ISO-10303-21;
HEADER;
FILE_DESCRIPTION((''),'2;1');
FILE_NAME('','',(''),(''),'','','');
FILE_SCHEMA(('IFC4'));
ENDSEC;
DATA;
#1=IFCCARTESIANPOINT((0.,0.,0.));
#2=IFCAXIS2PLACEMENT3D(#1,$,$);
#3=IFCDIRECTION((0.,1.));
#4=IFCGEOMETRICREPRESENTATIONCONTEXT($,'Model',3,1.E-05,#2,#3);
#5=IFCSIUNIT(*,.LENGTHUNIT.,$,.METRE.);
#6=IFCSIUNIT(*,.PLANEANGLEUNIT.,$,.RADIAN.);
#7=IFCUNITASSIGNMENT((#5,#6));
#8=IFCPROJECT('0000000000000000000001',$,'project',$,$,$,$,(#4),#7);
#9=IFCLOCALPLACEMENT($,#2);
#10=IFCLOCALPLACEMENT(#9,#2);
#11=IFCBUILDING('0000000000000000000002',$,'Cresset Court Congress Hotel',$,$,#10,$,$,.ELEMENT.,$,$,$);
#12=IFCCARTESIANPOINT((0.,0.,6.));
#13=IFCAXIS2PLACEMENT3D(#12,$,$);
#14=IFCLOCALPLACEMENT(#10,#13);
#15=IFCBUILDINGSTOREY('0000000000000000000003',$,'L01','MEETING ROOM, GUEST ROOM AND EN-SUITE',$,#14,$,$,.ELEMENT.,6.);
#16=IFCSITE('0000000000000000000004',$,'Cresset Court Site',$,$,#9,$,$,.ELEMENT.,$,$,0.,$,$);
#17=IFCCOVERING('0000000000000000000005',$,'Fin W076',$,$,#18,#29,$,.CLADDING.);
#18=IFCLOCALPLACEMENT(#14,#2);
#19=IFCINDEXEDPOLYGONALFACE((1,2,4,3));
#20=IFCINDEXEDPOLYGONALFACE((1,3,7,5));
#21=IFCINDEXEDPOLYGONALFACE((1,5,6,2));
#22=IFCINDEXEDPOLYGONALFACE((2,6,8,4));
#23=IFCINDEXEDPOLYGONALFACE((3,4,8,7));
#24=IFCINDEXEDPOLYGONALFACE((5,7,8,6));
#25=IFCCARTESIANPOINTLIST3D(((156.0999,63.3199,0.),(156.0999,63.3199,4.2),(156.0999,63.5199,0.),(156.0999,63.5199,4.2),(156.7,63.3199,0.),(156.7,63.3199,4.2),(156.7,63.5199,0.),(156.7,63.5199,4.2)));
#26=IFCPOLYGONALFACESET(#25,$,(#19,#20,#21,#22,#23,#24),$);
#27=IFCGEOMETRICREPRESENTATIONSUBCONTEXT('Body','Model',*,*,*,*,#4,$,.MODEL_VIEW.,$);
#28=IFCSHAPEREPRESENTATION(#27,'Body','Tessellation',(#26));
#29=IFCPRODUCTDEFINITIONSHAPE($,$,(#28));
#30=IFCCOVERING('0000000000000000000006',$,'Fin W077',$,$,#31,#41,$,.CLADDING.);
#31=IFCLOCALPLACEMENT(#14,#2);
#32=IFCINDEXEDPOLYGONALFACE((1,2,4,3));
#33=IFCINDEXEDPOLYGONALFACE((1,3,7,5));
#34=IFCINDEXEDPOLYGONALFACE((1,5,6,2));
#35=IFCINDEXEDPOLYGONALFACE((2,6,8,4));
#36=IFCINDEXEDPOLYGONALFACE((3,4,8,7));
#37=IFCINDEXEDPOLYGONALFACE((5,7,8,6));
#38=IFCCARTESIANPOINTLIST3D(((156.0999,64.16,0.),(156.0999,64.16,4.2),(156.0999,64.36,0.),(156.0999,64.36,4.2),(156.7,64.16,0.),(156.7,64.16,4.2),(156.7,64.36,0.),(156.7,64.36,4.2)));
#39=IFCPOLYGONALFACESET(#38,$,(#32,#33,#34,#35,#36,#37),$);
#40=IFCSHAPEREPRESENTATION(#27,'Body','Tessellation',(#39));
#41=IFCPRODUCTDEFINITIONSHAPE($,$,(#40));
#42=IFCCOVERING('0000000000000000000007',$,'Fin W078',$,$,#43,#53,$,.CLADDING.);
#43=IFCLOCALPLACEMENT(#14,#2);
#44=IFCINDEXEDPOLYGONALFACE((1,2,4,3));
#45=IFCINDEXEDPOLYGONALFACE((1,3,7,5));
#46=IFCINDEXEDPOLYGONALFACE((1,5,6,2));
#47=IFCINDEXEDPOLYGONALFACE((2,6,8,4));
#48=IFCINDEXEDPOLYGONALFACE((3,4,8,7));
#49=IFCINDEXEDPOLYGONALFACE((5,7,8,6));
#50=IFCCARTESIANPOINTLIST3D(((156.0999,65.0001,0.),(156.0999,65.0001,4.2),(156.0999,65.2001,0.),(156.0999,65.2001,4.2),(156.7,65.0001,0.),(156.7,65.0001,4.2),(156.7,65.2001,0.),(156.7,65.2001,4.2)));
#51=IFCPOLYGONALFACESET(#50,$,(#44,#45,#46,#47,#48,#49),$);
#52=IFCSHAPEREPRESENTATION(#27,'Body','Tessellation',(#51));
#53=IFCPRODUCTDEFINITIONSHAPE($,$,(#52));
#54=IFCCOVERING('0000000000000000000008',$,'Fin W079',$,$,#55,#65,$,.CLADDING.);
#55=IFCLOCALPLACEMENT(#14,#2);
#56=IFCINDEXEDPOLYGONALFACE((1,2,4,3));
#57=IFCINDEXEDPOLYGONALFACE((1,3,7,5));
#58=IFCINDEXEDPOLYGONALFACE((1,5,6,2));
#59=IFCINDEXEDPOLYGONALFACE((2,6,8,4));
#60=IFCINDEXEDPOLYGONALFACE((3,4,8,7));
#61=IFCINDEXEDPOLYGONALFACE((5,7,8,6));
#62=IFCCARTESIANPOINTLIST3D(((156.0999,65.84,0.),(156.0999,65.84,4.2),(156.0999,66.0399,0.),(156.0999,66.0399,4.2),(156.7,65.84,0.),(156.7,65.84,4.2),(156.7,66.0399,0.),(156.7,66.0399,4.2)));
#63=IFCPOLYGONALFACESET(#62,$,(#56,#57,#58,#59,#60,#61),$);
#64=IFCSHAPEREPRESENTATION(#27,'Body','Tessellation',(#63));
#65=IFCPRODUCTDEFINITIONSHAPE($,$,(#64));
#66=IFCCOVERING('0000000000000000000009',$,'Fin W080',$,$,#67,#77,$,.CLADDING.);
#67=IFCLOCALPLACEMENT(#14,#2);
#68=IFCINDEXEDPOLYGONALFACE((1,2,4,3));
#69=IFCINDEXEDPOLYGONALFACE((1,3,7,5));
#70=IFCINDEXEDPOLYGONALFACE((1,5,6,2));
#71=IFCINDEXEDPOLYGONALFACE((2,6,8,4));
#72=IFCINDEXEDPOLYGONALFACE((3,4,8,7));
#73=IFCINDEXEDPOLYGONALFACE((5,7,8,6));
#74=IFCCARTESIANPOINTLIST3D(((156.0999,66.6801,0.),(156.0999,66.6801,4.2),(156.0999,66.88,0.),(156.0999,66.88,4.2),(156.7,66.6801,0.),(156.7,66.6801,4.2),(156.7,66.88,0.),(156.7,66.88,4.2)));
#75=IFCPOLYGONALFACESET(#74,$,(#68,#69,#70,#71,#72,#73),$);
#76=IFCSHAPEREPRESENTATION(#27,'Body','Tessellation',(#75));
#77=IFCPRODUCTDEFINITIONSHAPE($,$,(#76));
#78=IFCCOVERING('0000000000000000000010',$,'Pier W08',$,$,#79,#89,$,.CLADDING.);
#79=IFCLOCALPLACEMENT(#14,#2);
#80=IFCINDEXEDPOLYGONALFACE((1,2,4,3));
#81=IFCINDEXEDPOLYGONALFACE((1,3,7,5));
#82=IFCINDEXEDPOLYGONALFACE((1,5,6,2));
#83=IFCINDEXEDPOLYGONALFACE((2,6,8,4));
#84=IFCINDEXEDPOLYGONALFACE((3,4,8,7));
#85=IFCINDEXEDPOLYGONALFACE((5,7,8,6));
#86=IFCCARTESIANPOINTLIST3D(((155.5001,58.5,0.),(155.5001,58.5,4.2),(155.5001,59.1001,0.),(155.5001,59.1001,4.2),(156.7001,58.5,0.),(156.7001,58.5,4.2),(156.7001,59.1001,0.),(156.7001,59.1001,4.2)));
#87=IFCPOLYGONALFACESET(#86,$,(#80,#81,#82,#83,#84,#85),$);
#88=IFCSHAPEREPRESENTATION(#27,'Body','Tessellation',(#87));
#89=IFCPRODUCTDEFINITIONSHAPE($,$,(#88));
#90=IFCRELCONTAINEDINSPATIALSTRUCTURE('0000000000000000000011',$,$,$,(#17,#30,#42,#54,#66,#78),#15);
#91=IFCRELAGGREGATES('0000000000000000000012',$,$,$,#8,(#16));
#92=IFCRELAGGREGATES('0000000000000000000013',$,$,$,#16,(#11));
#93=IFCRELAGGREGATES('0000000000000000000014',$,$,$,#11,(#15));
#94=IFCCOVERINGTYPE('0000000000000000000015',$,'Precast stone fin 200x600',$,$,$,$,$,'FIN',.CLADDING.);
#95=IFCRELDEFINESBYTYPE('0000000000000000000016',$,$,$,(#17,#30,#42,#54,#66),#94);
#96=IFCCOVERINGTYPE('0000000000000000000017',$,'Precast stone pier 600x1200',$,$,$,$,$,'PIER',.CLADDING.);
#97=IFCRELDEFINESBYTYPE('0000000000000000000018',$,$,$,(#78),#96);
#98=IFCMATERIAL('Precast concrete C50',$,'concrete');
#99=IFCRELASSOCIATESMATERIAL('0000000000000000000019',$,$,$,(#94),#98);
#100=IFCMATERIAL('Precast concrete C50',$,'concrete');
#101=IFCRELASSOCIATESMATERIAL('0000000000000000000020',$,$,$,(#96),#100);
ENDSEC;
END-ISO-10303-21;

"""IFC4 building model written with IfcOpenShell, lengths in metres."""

from ifc_helpers import new_model, si_unit, direction, frame, origin, origin_2d, place, context, subcontext, project, spatial, rectangle, extrude, material, type_object, element, save


model = new_model("IFC4")

# Units and contexts
model_context = context("Model", 3, precision=1e-05, world=origin(), true_north=direction((0.0, 1.0)))
body_context = subcontext(model_context, "Body", "Model", "MODEL_VIEW")
ifc_project = project(units=[si_unit("LENGTHUNIT", "METRE"), si_unit("PLANEANGLEUNIT", "RADIAN")], contexts=[model_context])

# Site, building, storey
site_placement = place(None, origin())
site = spatial("IfcSite", under=ifc_project, at=site_placement, Name="Cresset Court Site", CompositionType="ELEMENT", RefElevation=0.0)
building_placement = place(site_placement, origin())
building = spatial("IfcBuilding", under=site, at=building_placement, Name="Cresset Court Congress Hotel", CompositionType="ELEMENT")
storey_placement = place(building_placement, frame((0.0, 0.0, 6.0)))
storey = spatial("IfcBuildingStorey", under=building, at=storey_placement, Name="L01", Description="MEETING ROOM, GUEST ROOM AND EN-SUITE", CompositionType="ELEMENT", Elevation=6.0)

# Coverings
ifc_material_1 = material(Name="Precast concrete C50", Category="concrete")
covering_type_1 = type_object("IfcCoveringType", Name="Precast stone fin 200x600", ElementType="FIN", PredefinedType="CLADDING", material=ifc_material_1)
for number, where, z_axis, x_axis, name in (
    (1, (156.3999, 63.4199, 0.0), (0.0, 0.0, 1.0), (1.0, 0.0, 0.0), "Fin W076"),
    (2, (156.3999, 64.26, 0.0), (0.0, 0.0, 1.0), (1.0, 0.0, 0.0), "Fin W077"),
    (3, (156.3999, 65.1001, 0.0), (0.0, 0.0, 1.0), (1.0, 0.0, 0.0), "Fin W078"),
    (4, (156.3999, 65.9399, 0.0), (0.0, 0.0, 1.0), (1.0, 0.0, 0.0), "Fin W079"),
    (5, (156.3999, 66.78, 0.0), (0.0, 0.0, 1.0), (1.0, 0.0, 0.0), "Fin W080"),
):
    element("IfcCovering", number, at=place(storey_placement, frame(where, z_axis=z_axis, x_axis=x_axis)), inside=storey, type_object=covering_type_1, Name=name, PredefinedType="CLADDING", context=body_context, shape_type="SweptSolid", body=[
        extrude(rectangle(XDim=0.6001, YDim=0.2, at=origin_2d()), origin(), (0.0, 0.0, 1.0), 4.2),
    ])
ifc_material_2 = material(Name="Precast concrete C50", Category="concrete")
covering_type_2 = type_object("IfcCoveringType", Name="Precast stone pier 600x1200", ElementType="PIER", PredefinedType="CLADDING", material=ifc_material_2)
covering_placement = place(storey_placement, frame((156.1001, 58.8, 0.0), z_axis=(0.0, 0.0, 1.0), x_axis=(1.0, 0.0, 0.0)))
element("IfcCovering", 6, at=covering_placement, inside=storey, type_object=covering_type_2, Name="Pier W08", PredefinedType="CLADDING", context=body_context, shape_type="SweptSolid", body=[
    extrude(rectangle(XDim=1.2, YDim=0.6001, at=origin_2d()), origin(), (0.0, 0.0, 1.0), 4.2),
])

save(model, "model.ifc")
